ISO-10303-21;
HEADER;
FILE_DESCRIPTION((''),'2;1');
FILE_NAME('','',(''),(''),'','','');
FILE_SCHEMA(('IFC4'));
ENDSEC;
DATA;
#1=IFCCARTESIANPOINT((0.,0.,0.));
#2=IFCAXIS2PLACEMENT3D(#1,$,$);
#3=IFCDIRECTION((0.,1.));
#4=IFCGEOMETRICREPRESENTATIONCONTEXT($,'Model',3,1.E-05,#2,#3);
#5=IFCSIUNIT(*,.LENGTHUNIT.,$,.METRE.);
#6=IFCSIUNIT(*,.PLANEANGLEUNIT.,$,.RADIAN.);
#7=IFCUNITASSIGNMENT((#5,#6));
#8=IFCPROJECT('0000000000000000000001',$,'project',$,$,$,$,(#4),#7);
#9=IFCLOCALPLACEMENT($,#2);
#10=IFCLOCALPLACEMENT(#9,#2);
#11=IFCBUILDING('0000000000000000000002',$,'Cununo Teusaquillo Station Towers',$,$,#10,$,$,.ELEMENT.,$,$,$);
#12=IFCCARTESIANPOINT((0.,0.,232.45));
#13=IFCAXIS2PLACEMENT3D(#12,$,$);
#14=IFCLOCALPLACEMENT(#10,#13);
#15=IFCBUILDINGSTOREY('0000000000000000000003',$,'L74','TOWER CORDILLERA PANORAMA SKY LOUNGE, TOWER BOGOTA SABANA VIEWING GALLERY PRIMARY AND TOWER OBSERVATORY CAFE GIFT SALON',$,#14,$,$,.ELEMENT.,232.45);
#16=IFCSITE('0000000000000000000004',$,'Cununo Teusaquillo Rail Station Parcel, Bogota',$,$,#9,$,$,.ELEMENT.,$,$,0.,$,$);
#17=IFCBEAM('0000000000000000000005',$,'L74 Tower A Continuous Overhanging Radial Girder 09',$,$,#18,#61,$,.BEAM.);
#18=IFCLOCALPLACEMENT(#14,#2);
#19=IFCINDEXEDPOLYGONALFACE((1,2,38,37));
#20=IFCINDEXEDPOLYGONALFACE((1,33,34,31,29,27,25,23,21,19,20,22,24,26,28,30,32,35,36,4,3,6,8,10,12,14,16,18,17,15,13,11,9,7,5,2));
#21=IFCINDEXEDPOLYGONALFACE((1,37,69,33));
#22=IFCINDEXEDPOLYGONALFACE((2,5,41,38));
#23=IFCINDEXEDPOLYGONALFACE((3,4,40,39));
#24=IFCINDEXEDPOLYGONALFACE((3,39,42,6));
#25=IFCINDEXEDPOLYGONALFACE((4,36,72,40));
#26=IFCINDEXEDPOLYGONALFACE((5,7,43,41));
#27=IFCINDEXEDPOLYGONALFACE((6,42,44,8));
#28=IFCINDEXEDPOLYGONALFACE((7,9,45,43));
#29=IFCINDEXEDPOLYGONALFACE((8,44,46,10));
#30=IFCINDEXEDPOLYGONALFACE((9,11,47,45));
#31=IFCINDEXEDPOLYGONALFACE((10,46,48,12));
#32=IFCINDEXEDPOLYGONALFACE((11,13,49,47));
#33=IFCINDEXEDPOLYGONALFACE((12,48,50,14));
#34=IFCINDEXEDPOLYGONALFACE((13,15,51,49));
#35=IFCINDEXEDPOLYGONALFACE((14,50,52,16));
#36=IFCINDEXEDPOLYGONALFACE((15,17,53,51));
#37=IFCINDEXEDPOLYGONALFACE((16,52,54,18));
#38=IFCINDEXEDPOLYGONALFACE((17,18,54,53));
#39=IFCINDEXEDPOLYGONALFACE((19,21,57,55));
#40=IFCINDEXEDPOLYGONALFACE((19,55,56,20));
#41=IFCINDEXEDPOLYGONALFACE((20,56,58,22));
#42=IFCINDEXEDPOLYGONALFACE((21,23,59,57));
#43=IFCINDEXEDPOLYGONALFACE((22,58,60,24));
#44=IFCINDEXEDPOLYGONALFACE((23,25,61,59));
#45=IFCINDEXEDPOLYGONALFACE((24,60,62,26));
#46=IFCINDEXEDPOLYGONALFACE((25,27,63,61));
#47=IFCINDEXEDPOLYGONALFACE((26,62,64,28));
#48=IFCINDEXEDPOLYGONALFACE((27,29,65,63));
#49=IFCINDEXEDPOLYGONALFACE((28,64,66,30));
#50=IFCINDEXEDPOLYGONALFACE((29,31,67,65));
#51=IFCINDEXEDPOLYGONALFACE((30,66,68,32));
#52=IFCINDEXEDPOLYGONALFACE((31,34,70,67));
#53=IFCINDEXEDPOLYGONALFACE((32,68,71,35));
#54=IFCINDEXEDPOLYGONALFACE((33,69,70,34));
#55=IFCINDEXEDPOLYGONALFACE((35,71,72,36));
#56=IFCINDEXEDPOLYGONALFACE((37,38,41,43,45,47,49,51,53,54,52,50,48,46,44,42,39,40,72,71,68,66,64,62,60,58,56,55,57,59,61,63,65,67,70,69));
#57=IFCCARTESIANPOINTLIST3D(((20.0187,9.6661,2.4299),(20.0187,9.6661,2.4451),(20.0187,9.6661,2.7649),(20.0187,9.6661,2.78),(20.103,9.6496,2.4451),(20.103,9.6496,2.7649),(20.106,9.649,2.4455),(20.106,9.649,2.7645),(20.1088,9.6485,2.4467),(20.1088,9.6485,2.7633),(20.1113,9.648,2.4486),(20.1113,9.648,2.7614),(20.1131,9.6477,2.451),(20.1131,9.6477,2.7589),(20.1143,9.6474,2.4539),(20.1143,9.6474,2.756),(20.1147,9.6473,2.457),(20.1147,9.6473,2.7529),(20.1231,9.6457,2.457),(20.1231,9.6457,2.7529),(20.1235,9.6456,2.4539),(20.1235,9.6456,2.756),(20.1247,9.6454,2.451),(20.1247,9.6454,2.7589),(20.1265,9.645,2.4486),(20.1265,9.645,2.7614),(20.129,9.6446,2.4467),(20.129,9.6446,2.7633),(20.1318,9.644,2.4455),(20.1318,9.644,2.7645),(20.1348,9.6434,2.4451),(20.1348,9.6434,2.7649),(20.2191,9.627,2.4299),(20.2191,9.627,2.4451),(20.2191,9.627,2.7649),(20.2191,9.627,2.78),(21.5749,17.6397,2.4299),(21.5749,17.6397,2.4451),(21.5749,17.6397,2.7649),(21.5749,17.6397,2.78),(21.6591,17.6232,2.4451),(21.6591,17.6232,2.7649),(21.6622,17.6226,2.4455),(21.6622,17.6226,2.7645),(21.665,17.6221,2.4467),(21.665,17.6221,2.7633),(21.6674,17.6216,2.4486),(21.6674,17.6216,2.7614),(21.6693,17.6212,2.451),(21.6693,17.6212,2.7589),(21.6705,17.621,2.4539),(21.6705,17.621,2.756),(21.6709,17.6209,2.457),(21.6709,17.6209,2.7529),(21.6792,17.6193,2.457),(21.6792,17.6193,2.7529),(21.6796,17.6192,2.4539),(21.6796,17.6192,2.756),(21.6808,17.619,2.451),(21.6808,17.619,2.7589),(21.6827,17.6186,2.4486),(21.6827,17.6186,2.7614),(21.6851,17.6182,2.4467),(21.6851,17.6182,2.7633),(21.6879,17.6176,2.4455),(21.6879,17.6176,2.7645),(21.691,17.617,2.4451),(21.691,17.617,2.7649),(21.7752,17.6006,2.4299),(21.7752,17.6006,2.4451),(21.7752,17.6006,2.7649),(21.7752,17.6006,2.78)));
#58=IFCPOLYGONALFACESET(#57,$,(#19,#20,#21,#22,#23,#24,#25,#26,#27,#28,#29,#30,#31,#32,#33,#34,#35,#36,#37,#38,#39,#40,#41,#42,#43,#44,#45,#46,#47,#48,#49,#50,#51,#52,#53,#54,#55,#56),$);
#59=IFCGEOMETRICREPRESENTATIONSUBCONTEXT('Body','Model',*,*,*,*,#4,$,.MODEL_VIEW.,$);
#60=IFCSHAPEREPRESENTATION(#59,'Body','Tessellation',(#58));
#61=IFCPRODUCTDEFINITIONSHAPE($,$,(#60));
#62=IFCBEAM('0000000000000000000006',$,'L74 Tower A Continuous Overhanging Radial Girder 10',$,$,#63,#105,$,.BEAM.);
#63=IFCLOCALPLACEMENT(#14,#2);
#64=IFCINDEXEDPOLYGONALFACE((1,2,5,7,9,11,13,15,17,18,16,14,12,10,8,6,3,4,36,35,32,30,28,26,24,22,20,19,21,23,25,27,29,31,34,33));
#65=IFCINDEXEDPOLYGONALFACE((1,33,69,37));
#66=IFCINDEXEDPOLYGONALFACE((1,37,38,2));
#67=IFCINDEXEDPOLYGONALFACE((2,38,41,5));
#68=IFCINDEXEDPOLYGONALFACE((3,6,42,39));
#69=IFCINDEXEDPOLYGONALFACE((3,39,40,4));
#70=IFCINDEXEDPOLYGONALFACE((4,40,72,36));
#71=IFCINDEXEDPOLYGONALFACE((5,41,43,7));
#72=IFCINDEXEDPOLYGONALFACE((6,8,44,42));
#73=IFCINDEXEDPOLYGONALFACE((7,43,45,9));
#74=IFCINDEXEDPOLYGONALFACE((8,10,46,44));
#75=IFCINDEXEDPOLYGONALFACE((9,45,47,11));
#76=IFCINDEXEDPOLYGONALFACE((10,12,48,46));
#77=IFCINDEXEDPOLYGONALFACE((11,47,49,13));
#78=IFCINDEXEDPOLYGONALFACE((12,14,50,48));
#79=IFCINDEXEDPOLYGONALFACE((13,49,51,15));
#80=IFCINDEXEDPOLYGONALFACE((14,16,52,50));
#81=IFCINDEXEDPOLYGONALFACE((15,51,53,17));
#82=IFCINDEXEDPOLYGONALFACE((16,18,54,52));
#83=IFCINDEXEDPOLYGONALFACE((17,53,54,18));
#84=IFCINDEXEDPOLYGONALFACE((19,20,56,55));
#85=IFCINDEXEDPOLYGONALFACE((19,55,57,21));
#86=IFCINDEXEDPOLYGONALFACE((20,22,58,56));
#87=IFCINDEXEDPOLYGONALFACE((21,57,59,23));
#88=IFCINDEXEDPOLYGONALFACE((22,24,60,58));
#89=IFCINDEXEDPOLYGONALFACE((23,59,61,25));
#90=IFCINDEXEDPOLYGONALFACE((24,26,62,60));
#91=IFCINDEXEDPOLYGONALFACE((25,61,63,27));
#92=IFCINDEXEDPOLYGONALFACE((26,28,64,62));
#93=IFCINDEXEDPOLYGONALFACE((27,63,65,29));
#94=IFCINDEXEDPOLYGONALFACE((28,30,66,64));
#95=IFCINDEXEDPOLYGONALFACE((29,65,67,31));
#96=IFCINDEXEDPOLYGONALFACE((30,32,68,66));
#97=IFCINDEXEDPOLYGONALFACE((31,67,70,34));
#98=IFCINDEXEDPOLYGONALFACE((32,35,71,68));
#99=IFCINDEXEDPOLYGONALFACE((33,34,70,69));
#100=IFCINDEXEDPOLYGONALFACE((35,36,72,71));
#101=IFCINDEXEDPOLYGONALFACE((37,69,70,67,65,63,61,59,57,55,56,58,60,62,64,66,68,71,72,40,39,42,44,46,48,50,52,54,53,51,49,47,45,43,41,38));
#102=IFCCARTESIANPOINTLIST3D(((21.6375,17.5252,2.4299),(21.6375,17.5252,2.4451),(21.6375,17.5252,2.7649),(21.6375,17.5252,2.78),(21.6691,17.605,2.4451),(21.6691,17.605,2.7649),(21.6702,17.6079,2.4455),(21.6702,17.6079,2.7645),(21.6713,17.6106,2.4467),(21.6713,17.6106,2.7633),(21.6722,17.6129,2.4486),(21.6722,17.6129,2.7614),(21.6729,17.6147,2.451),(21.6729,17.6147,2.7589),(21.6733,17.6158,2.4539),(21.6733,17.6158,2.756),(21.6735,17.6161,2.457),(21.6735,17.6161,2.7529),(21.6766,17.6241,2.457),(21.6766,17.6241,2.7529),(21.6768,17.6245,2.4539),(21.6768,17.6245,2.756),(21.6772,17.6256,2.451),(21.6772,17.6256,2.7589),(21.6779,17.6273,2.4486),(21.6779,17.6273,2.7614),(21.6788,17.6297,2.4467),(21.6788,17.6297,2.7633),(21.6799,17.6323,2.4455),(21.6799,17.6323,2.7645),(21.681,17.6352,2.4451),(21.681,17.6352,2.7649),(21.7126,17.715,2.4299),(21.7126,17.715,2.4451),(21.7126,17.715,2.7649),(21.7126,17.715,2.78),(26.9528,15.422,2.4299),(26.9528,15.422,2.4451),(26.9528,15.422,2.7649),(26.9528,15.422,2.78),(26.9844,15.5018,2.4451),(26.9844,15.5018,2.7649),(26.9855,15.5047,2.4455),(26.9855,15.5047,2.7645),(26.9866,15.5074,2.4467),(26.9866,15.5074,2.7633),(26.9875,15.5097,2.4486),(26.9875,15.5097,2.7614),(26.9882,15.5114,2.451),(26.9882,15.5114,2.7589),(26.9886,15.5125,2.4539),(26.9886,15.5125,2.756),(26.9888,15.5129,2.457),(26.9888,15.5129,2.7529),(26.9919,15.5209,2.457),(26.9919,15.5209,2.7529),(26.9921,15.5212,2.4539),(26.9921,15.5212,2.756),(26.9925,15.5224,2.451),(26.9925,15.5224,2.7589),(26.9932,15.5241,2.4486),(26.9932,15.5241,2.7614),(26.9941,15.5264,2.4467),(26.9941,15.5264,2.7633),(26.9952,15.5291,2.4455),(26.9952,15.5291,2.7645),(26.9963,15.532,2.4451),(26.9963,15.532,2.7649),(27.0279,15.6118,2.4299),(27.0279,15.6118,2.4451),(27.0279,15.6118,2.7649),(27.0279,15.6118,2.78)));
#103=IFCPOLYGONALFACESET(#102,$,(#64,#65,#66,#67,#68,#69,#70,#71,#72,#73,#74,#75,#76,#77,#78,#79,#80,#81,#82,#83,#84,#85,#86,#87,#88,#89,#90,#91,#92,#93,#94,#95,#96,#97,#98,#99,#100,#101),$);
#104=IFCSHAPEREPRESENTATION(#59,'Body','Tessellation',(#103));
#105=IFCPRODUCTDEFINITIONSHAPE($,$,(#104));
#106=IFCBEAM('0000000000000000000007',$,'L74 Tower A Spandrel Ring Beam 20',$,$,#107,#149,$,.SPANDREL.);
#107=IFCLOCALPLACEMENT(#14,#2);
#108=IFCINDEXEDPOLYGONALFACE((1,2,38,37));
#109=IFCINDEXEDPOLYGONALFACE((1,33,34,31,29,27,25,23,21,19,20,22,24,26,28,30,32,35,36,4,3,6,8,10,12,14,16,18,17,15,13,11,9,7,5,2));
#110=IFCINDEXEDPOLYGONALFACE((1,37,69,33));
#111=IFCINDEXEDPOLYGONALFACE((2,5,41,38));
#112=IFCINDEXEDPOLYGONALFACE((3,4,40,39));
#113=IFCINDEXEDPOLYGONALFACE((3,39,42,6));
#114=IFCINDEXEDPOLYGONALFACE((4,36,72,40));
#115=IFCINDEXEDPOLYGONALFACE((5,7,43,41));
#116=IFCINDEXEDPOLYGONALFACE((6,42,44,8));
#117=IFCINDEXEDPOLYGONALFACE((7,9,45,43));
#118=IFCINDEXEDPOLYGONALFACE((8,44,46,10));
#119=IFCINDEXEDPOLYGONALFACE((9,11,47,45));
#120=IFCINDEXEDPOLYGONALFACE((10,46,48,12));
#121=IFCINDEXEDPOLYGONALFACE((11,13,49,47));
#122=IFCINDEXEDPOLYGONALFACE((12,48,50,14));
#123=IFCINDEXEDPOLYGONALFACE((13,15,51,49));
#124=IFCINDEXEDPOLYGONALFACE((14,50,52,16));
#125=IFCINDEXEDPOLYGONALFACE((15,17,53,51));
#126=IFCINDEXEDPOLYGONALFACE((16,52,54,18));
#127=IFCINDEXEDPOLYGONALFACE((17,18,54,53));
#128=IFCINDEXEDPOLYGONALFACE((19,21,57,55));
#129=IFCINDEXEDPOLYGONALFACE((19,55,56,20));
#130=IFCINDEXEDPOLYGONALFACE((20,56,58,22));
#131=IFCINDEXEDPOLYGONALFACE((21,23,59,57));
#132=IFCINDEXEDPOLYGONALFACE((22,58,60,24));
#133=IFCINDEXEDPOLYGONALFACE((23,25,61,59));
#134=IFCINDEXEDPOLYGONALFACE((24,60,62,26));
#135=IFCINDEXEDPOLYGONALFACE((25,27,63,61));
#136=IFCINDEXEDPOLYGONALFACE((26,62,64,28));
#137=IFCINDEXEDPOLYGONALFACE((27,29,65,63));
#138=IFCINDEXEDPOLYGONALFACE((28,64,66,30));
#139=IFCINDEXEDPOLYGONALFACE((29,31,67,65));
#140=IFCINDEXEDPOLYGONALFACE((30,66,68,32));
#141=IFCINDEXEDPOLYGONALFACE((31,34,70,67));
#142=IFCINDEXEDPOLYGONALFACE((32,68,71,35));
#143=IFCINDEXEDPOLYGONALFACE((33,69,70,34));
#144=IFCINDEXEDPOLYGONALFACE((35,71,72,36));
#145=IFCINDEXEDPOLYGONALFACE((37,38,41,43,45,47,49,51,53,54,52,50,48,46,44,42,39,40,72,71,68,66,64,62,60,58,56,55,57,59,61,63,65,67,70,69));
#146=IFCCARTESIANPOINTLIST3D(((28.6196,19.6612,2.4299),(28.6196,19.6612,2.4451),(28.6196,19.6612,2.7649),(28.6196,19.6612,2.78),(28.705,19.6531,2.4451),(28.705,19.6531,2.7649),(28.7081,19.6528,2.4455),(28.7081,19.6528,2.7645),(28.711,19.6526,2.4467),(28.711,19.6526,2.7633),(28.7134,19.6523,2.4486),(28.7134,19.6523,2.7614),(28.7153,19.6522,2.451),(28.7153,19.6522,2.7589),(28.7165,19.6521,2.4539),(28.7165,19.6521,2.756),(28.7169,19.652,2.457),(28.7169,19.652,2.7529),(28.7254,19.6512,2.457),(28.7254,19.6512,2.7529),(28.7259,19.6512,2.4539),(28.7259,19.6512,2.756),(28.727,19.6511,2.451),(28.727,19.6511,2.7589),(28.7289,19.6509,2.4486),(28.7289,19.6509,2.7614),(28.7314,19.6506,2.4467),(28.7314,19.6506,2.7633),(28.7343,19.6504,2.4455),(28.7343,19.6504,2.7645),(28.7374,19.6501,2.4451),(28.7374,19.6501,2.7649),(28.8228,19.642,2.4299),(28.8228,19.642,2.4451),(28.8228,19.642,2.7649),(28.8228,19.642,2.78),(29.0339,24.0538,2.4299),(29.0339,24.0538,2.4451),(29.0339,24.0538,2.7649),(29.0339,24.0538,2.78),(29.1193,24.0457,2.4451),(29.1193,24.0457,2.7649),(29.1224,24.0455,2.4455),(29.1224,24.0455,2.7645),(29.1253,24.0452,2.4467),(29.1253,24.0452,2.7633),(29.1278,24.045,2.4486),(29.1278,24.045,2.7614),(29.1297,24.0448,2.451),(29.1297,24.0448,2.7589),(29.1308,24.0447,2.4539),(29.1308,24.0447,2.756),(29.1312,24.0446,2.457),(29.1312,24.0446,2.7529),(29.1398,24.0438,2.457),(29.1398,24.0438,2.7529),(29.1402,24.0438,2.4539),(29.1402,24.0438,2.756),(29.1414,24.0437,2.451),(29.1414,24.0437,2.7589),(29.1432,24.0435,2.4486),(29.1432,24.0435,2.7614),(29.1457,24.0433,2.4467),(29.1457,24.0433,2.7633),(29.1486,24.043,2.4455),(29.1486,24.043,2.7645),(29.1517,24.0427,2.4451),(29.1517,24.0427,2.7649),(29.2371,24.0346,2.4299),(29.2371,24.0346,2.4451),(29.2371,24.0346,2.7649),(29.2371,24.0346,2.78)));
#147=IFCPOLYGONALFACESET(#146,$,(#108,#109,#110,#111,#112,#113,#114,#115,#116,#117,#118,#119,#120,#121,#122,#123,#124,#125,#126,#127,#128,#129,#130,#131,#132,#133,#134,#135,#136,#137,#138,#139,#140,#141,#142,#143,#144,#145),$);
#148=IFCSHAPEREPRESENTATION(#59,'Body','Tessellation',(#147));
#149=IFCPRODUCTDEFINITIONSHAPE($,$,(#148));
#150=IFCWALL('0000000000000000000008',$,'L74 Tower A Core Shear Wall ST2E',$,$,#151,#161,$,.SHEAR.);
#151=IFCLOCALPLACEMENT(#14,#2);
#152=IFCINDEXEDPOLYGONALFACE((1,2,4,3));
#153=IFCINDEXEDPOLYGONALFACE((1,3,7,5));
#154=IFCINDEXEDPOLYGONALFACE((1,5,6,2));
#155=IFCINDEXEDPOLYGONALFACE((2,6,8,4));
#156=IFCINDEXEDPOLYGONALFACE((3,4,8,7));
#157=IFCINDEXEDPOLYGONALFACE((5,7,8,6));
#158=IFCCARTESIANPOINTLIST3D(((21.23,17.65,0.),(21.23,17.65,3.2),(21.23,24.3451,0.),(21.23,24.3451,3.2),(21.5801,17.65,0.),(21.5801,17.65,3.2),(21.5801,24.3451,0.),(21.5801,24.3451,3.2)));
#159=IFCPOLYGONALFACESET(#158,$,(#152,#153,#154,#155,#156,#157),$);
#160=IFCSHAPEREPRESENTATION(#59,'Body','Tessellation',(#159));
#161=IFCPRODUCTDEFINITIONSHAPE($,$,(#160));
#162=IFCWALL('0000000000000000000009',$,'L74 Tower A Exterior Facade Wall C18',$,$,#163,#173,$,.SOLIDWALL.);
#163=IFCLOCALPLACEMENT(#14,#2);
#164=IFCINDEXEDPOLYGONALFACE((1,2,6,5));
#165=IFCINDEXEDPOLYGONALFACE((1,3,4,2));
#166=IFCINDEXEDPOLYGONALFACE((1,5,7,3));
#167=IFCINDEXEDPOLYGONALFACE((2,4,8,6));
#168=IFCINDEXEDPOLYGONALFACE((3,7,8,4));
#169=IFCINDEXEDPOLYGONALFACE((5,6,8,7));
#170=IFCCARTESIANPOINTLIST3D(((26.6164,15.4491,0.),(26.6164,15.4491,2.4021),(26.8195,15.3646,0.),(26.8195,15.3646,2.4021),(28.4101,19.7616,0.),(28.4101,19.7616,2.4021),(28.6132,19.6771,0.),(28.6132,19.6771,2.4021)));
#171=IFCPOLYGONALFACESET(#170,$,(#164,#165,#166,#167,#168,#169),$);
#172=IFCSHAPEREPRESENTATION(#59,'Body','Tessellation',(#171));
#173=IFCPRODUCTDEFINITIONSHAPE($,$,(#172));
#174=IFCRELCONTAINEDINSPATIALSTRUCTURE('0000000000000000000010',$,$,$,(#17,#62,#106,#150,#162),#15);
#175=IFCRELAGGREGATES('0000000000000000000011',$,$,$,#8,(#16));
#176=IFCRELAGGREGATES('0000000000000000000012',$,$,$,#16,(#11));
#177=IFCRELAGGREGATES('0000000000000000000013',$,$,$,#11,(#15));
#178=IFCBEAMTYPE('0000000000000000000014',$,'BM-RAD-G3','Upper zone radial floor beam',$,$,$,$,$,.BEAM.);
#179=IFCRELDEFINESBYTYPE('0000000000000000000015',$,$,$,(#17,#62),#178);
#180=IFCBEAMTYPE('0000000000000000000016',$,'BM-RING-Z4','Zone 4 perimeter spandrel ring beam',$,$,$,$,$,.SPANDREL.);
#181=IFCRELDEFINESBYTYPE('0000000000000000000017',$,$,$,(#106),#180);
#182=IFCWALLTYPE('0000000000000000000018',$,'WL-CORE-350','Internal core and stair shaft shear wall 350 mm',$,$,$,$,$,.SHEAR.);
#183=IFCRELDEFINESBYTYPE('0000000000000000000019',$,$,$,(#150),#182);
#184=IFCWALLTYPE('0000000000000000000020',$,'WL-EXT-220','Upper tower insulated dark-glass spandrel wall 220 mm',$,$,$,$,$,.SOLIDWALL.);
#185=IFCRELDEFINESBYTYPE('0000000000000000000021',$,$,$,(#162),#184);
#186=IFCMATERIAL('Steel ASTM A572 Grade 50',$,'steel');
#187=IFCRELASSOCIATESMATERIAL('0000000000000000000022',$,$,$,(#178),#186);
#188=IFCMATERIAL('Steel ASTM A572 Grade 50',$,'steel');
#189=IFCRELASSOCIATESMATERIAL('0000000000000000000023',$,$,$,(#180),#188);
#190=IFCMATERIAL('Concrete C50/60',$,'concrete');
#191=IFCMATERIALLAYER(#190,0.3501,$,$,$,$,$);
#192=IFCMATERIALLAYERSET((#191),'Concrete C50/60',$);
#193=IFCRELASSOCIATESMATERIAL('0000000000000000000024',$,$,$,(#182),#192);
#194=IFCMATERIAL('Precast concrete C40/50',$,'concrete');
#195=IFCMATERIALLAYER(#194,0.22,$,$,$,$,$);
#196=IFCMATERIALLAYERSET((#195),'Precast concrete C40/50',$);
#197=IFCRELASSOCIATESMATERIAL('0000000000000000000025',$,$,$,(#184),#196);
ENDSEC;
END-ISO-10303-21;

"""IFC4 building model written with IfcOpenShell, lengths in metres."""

from ifc_helpers import new_model, si_unit, direction, frame, frame_2d, origin, origin_2d, place, context, subcontext, project, spatial, rectangle, i_section, extrude, material, layer, layer_set, material_profile, profile_set, type_object, element, save


model = new_model("IFC4")

# Units and contexts
model_context = context("Model", 3, precision=1e-05, world=origin(), true_north=direction((0.0, 1.0)))
body_context = subcontext(model_context, "Body", "Model", "MODEL_VIEW")
ifc_project = project(units=[si_unit("LENGTHUNIT", "METRE"), si_unit("PLANEANGLEUNIT", "RADIAN")], contexts=[model_context])

# Site, building, storey
site_placement = place(None, origin())
site = spatial("IfcSite", under=ifc_project, at=site_placement, Name="Cununo Teusaquillo Rail Station Parcel, Bogota", CompositionType="ELEMENT", RefElevation=0.0)
building_placement = place(site_placement, origin())
building = spatial("IfcBuilding", under=site, at=building_placement, Name="Cununo Teusaquillo Station Towers", CompositionType="ELEMENT")
storey_placement = place(building_placement, frame((0.0, 0.0, 232.45)))
storey = spatial("IfcBuildingStorey", under=building, at=storey_placement, Name="L74", Description="TOWER CORDILLERA PANORAMA SKY LOUNGE, TOWER BOGOTA SABANA VIEWING GALLERY PRIMARY AND TOWER OBSERVATORY CAFE GIFT SALON", CompositionType="ELEMENT", Elevation=232.45)

# Beams
ifc_material_1 = material(Name="Steel ASTM A572 Grade 50", Category="steel")
ifc_material_profile_1 = material_profile(ifc_material_1, i_section(OverallWidth=0.2041, OverallDepth=0.3501, WebThickness=0.0085, FlangeThickness=0.0151, FilletRadius=0.012, at=origin_2d()), Name="W14X48")
ifc_profile_set_1 = profile_set([ifc_material_profile_1], Name="Steel ASTM A572 Grade 50")
beam_type_1 = type_object("IfcBeamType", Name="BM-RAD-G3", Description="Upper zone radial floor beam", PredefinedType="BEAM", material=ifc_profile_set_1)
beam_1_placement = place(storey_placement, frame((21.675, 17.6201, 2.605), z_axis=(-0.191548, -0.981483, 0.0), x_axis=(0.981483, -0.191548, 0.0)))
element("IfcBeam", 1, at=beam_1_placement, inside=storey, type_object=beam_type_1, Name="L74 Tower A Continuous Overhanging Radial Girder 09", PredefinedType="BEAM", context=body_context, shape_type="SweptSolid", body=[
    extrude(i_section(OverallWidth=0.2041, OverallDepth=0.3501, WebThickness=0.0085, FlangeThickness=0.0151, FilletRadius=0.012, at=origin_2d()), origin(), (0.0, 0.0, 1.0), 8.124),
])
beam_2_placement = place(storey_placement, frame((21.675, 17.6201, 2.605), z_axis=(0.929852, -0.367935, 0.0), x_axis=(0.367935, 0.929852, 0.0)))
element("IfcBeam", 2, at=beam_2_placement, inside=storey, type_object=beam_type_1, Name="L74 Tower A Continuous Overhanging Radial Girder 10", PredefinedType="BEAM", context=body_context, shape_type="SweptSolid", body=[
    extrude(i_section(OverallWidth=0.2041, OverallDepth=0.3501, WebThickness=0.0085, FlangeThickness=0.0151, FilletRadius=0.012, at=origin_2d()), origin(), (0.0, 0.0, 1.0), 5.7163),
])
ifc_material_2 = material(Name="Steel ASTM A572 Grade 50", Category="steel")
ifc_material_profile_2 = material_profile(ifc_material_2, i_section(OverallWidth=0.2041, OverallDepth=0.3501, WebThickness=0.0085, FlangeThickness=0.0151, FilletRadius=0.012, at=origin_2d()), Name="W14X48")
ifc_profile_set_2 = profile_set([ifc_material_profile_2], Name="Steel ASTM A572 Grade 50")
beam_type_2 = type_object("IfcBeamType", Name="BM-RING-Z4", Description="Zone 4 perimeter spandrel ring beam", PredefinedType="SPANDREL", material=ifc_profile_set_2)
beam_3_placement = place(storey_placement, frame((28.7212, 19.6516, 2.605), z_axis=(0.093903, 0.995581, 0.0), x_axis=(-0.995581, 0.093903, 0.0)))
element("IfcBeam", 3, at=beam_3_placement, inside=storey, type_object=beam_type_2, Name="L74 Tower A Spandrel Ring Beam 20", PredefinedType="SPANDREL", context=body_context, shape_type="SweptSolid", body=[
    extrude(i_section(OverallWidth=0.2041, OverallDepth=0.3501, WebThickness=0.0085, FlangeThickness=0.0151, FilletRadius=0.012, at=origin_2d()), origin(), (0.0, 0.0, 1.0), 4.4121),
])

# Walls
ifc_material_3 = material(Name="Concrete C50/60", Category="concrete")
ifc_layer_1 = layer(ifc_material_3, 0.3501)
ifc_layer_set_1 = layer_set([ifc_layer_1], Name="Concrete C50/60")
wall_type_1 = type_object("IfcWallType", Name="WL-CORE-350", Description="Internal core and stair shaft shear wall 350 mm", PredefinedType="SHEAR", material=ifc_layer_set_1)
wall_1_placement = place(storey_placement, frame((21.405, 17.6499, 0.0), z_axis=(0.0, 0.0, 1.0), x_axis=(0.0, 1.0, 0.0)))
element("IfcWall", 4, at=wall_1_placement, inside=storey, type_object=wall_type_1, Name="L74 Tower A Core Shear Wall ST2E", PredefinedType="SHEAR", context=body_context, shape_type="SweptSolid", body=[
    extrude(rectangle(XDim=6.6951, YDim=0.3501, at=frame_2d((3.3477, 0.0))), origin(), (0.0, 0.0, 1.0), 3.2),
])
ifc_material_4 = material(Name="Precast concrete C40/50", Category="concrete")
ifc_layer_2 = layer(ifc_material_4, 0.22)
ifc_layer_set_2 = layer_set([ifc_layer_2], Name="Precast concrete C40/50")
wall_type_2 = type_object("IfcWallType", Name="WL-EXT-220", Description="Upper tower insulated dark-glass spandrel wall 220 mm", PredefinedType="SOLIDWALL", material=ifc_layer_set_2)
wall_2_placement = place(storey_placement, frame((28.5117, 19.7195, 0.0), z_axis=(0.0, 0.0, 1.0), x_axis=(-0.384036, -0.923318, 0.0)))
element("IfcWall", 5, at=wall_2_placement, inside=storey, type_object=wall_type_2, Name="L74 Tower A Exterior Facade Wall C18", PredefinedType="SOLIDWALL", context=body_context, shape_type="SweptSolid", body=[
    extrude(rectangle(XDim=4.6707, YDim=0.22, at=frame_2d((2.3354, 0.0))), origin(), (0.0, 0.0, 1.0), 2.4021),
])

save(model, "model.ifc")
